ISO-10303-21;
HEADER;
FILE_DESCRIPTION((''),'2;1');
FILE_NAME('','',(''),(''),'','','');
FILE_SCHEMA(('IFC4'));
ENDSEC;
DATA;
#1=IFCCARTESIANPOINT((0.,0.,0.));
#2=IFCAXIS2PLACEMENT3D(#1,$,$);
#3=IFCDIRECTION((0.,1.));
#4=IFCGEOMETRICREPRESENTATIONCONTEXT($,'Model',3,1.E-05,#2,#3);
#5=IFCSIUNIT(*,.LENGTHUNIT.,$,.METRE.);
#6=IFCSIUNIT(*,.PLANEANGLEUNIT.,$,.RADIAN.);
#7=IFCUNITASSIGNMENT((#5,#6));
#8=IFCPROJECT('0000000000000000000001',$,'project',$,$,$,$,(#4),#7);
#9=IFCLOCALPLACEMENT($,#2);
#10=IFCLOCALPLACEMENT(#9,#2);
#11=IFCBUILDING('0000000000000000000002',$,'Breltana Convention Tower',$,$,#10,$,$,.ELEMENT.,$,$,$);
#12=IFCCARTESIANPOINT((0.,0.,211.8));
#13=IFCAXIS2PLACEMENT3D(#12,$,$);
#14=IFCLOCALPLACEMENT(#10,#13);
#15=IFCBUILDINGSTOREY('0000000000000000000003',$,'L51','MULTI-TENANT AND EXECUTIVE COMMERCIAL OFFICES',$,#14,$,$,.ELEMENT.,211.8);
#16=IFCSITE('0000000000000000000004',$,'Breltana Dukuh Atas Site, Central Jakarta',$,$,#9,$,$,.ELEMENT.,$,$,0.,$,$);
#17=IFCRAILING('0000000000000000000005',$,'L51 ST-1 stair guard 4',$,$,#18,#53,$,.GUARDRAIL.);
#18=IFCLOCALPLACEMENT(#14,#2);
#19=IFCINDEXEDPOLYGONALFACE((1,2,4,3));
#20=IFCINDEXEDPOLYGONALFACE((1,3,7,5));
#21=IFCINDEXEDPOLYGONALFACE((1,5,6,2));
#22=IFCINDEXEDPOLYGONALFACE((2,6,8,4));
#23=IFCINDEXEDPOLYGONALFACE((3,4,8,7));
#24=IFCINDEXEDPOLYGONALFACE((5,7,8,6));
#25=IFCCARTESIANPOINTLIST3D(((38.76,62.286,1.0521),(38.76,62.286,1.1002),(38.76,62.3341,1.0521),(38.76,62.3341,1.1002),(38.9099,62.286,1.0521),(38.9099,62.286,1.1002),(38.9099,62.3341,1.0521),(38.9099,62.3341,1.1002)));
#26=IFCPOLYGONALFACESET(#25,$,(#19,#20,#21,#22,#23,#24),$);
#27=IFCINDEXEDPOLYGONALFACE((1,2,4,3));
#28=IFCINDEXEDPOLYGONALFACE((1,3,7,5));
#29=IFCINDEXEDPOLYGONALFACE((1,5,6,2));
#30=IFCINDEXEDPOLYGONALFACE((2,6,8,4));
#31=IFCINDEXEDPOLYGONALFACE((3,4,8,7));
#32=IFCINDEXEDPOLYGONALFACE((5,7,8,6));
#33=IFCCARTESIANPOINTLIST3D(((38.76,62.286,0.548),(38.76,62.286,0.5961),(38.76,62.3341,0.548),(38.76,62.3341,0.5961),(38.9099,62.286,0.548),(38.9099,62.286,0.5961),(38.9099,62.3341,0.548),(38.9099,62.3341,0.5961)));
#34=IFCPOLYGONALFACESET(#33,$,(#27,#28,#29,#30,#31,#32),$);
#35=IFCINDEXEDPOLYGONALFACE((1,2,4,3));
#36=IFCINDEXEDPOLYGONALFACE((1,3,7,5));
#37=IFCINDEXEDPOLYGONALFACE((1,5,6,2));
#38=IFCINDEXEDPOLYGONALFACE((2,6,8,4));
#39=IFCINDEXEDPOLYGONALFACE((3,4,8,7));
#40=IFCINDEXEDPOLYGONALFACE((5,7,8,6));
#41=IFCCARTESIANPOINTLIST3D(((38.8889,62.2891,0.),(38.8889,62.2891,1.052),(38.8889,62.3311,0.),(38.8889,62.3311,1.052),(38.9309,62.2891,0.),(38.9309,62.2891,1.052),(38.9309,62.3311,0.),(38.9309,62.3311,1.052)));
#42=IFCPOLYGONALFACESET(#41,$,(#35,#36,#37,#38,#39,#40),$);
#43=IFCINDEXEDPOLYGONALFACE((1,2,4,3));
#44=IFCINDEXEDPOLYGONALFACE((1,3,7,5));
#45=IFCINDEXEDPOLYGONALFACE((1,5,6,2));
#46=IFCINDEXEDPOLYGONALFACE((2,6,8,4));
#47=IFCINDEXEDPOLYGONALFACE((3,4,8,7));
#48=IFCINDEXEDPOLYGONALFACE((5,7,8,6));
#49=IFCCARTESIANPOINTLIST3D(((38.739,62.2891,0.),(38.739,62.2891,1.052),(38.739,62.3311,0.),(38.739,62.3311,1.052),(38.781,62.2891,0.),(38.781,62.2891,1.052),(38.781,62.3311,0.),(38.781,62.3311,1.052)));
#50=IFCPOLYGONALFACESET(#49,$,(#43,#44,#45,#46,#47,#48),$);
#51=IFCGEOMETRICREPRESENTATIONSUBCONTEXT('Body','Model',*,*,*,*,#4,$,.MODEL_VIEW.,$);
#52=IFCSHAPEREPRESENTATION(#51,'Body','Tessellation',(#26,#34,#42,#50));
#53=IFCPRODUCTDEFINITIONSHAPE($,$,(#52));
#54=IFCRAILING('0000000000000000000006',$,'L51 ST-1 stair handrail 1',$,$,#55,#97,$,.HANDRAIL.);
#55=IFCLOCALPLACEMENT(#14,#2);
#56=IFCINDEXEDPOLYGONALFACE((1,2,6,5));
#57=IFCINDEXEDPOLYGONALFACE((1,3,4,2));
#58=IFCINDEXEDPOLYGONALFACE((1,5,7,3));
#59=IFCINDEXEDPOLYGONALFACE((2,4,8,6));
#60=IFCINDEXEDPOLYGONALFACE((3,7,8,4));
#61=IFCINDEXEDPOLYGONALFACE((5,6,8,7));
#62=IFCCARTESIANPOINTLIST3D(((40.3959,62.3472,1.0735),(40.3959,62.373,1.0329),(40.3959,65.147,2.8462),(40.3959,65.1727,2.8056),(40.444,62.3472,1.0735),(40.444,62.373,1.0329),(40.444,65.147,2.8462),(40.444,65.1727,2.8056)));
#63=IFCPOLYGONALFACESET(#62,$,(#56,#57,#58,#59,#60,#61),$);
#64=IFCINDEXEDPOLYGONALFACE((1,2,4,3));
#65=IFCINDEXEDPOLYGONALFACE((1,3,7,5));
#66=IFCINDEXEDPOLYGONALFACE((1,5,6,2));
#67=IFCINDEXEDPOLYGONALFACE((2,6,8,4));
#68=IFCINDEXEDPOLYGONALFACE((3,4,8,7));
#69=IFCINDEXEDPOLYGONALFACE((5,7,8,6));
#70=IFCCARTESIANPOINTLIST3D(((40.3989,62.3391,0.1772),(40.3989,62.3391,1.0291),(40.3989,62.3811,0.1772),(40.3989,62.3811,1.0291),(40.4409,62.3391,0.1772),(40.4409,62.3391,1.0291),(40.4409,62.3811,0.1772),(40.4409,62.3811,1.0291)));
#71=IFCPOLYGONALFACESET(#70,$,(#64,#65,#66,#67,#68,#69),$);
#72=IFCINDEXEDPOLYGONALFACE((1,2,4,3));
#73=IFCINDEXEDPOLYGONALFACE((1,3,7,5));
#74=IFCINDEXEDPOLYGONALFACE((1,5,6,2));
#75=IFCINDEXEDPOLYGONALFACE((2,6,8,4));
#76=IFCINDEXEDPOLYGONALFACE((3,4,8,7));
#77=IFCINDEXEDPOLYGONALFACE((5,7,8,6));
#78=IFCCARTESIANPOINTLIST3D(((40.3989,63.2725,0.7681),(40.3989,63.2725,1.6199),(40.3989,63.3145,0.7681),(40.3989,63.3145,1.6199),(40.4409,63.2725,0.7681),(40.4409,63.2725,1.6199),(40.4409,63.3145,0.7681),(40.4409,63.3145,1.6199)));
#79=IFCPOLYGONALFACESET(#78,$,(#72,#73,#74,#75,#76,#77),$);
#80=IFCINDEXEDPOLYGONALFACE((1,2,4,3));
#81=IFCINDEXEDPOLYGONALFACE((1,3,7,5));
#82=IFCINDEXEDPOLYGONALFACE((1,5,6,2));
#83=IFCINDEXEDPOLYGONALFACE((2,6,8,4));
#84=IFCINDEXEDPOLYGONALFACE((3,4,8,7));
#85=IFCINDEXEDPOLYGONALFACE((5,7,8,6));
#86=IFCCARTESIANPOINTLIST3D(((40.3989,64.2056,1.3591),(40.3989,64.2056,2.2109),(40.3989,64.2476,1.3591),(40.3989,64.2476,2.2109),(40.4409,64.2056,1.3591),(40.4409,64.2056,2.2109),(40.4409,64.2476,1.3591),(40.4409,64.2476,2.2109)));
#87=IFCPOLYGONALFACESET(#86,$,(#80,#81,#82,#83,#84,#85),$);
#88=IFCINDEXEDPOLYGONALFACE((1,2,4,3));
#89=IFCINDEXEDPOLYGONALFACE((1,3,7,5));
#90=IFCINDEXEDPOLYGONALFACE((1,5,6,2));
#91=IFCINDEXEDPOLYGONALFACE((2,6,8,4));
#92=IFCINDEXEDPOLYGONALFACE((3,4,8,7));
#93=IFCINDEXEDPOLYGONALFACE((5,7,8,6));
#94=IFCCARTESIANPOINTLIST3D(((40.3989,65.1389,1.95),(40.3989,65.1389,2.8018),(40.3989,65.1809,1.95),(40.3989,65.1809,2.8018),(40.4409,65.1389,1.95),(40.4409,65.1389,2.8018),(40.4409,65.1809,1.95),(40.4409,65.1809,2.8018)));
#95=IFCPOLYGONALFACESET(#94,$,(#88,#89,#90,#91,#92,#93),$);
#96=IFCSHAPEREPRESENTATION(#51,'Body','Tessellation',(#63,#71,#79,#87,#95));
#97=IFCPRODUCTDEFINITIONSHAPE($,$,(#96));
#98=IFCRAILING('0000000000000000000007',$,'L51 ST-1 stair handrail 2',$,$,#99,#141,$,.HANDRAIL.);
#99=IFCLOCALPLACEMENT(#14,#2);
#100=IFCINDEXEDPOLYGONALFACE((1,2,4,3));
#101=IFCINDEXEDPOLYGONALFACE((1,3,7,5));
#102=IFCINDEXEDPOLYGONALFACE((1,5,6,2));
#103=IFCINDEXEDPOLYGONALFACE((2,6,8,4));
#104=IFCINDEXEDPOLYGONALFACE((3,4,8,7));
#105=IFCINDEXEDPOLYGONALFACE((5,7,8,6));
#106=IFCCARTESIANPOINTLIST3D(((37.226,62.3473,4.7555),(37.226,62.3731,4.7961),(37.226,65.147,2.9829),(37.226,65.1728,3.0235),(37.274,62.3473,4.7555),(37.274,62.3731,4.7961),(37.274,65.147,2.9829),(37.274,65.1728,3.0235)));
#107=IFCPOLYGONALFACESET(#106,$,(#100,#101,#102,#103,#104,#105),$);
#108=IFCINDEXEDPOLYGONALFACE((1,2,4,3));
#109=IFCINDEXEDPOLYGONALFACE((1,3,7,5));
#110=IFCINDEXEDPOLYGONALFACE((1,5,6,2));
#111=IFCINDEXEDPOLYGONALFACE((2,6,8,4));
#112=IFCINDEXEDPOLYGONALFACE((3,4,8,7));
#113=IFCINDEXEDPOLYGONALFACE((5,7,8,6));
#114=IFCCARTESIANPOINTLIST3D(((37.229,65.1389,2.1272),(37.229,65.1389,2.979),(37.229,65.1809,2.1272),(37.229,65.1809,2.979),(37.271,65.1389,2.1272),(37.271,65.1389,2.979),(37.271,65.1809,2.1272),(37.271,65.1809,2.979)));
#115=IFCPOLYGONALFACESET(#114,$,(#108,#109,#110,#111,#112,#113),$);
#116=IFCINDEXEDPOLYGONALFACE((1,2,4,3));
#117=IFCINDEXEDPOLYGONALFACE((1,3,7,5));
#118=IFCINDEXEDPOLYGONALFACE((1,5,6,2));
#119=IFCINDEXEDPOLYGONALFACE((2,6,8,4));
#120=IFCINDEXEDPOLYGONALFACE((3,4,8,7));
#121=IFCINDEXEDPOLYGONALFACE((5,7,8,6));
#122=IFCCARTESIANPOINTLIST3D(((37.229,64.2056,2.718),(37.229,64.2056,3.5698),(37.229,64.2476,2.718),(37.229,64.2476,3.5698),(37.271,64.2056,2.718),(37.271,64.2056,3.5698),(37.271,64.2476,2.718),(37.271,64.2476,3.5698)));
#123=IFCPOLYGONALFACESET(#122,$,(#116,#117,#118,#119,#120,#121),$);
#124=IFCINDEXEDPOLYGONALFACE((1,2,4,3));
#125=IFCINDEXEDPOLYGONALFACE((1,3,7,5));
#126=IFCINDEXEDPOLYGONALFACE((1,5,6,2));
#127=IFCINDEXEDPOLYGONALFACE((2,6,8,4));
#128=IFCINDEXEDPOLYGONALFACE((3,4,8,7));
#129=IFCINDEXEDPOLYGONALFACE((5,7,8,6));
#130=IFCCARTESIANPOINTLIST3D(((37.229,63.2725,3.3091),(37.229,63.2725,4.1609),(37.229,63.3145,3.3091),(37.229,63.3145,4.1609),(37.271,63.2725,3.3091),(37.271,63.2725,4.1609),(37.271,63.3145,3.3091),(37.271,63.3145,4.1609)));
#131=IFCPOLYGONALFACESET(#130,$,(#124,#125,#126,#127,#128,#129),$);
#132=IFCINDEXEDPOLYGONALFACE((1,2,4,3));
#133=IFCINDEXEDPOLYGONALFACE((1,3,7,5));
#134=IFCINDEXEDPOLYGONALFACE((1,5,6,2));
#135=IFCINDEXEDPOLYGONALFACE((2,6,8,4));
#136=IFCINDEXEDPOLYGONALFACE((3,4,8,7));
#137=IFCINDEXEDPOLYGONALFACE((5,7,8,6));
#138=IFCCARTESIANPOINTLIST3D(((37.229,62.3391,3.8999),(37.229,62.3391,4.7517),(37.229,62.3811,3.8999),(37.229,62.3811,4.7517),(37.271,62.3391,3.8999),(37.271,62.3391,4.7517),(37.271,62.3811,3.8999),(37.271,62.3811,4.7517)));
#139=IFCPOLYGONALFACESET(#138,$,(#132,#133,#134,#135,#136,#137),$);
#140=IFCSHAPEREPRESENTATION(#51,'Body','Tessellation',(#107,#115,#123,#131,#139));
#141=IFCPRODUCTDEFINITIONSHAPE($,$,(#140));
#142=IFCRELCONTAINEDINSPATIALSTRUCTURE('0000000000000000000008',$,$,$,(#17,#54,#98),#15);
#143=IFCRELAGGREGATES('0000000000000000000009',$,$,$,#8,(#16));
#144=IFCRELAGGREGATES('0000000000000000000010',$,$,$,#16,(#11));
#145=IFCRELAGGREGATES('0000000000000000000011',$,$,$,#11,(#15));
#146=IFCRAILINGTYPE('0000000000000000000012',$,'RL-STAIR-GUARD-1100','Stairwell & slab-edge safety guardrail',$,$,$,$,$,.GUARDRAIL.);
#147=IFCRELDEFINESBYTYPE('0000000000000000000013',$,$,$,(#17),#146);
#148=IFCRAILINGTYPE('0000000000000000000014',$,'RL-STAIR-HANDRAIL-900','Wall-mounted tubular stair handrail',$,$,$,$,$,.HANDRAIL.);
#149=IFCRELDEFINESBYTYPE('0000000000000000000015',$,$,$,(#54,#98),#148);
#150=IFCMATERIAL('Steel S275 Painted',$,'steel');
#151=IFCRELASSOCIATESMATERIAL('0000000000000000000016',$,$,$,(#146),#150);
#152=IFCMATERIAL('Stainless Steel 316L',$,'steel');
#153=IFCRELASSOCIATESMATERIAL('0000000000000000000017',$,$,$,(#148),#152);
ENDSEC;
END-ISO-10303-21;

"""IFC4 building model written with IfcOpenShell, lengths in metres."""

from ifc_helpers import new_model, si_unit, direction, frame, origin, origin_2d, place, context, subcontext, project, spatial, rectangle, extrude, material, type_object, element, save


model = new_model("IFC4")

# Units and contexts
model_context = context("Model", 3, precision=1e-05, world=origin(), true_north=direction((0.0, 1.0)))
body_context = subcontext(model_context, "Body", "Model", "MODEL_VIEW")
ifc_project = project(units=[si_unit("LENGTHUNIT", "METRE"), si_unit("PLANEANGLEUNIT", "RADIAN")], contexts=[model_context])

# Site, building, storey
site_placement = place(None, origin())
site = spatial("IfcSite", under=ifc_project, at=site_placement, Name="Breltana Dukuh Atas Site, Central Jakarta", CompositionType="ELEMENT", RefElevation=0.0)
building_placement = place(site_placement, origin())
building = spatial("IfcBuilding", under=site, at=building_placement, Name="Breltana Convention Tower", CompositionType="ELEMENT")
storey_placement = place(building_placement, frame((0.0, 0.0, 211.8)))
storey = spatial("IfcBuildingStorey", under=building, at=storey_placement, Name="L51", Description="MULTI-TENANT AND EXECUTIVE COMMERCIAL OFFICES", CompositionType="ELEMENT", Elevation=211.8)

# Railings
ifc_material_1 = material(Name="Steel S275 Painted", Category="steel")
railing_type_1 = type_object("IfcRailingType", Name="RL-STAIR-GUARD-1100", Description="Stairwell & slab-edge safety guardrail", PredefinedType="GUARDRAIL", material=ifc_material_1)
railing_1_placement = place(storey_placement, frame((38.9099, 62.3101, 0.0)))
element("IfcRailing", 1, at=railing_1_placement, inside=storey, type_object=railing_type_1, Name="L51 ST-1 stair guard 4", PredefinedType="GUARDRAIL", context=body_context, shape_type="SweptSolid", body=[
    extrude(rectangle(XDim=0.0481, YDim=0.0481, at=origin_2d()), frame((0.0, 0.0, 1.0762), z_axis=(-1.0, 0.0, 0.0), x_axis=(0.0, -1.0, 0.0)), (0.0, 0.0, 1.0), 0.1499),
    extrude(rectangle(XDim=0.0481, YDim=0.0481, at=origin_2d()), frame((0.0, 0.0, 0.572), z_axis=(-1.0, 0.0, 0.0), x_axis=(0.0, -1.0, 0.0)), (0.0, 0.0, 1.0), 0.1499),
    extrude(rectangle(XDim=0.042, YDim=0.042, at=origin_2d()), origin(), (0.0, 0.0, 1.0), 1.052),
    extrude(rectangle(XDim=0.042, YDim=0.042, at=origin_2d()), frame((-0.1499, 0.0, 0.0)), (0.0, 0.0, 1.0), 1.052),
])
ifc_material_2 = material(Name="Stainless Steel 316L", Category="steel")
railing_type_2 = type_object("IfcRailingType", Name="RL-STAIR-HANDRAIL-900", Description="Wall-mounted tubular stair handrail", PredefinedType="HANDRAIL", material=ifc_material_2)
railing_2_placement = place(storey_placement, frame((40.4199, 62.3601, 0.1772)))
element("IfcRailing", 2, at=railing_2_placement, inside=storey, type_object=railing_type_2, Name="L51 ST-1 stair handrail 1", PredefinedType="HANDRAIL", context=body_context, shape_type="SweptSolid", body=[
    extrude(rectangle(XDim=0.0481, YDim=0.0481, at=origin_2d()), frame((0.0, 0.0, 0.876), z_axis=(0.0, 0.844888, 0.534943), x_axis=(-1.0, 0.0, 0.0)), (0.0, 0.0, 1.0), 3.3137),
    extrude(rectangle(XDim=0.042, YDim=0.042, at=origin_2d()), origin(), (0.0, 0.0, 1.0), 0.8518),
    extrude(rectangle(XDim=0.042, YDim=0.042, at=origin_2d()), frame((0.0, 0.9333, 0.5908)), (0.0, 0.0, 1.0), 0.8518),
    extrude(rectangle(XDim=0.042, YDim=0.042, at=origin_2d()), frame((0.0, 1.8665, 1.1819)), (0.0, 0.0, 1.0), 0.8518),
    extrude(rectangle(XDim=0.042, YDim=0.042, at=origin_2d()), frame((0.0, 2.7998, 1.7727)), (0.0, 0.0, 1.0), 0.8518),
])
railing_3_placement = place(storey_placement, frame((37.25, 65.1599, 2.1272)))
element("IfcRailing", 3, at=railing_3_placement, inside=storey, type_object=railing_type_2, Name="L51 ST-1 stair handrail 2", PredefinedType="HANDRAIL", context=body_context, shape_type="SweptSolid", body=[
    extrude(rectangle(XDim=0.0481, YDim=0.0481, at=origin_2d()), frame((0.0, 0.0, 0.876), z_axis=(0.0, -0.844888, 0.534943), x_axis=(1.0, 0.0, 0.0)), (0.0, 0.0, 1.0), 3.3137),
    extrude(rectangle(XDim=0.042, YDim=0.042, at=origin_2d()), origin(), (0.0, 0.0, 1.0), 0.8518),
    extrude(rectangle(XDim=0.042, YDim=0.042, at=origin_2d()), frame((0.0, -0.9333, 0.5908)), (0.0, 0.0, 1.0), 0.8518),
    extrude(rectangle(XDim=0.042, YDim=0.042, at=origin_2d()), frame((0.0, -1.8665, 1.1819)), (0.0, 0.0, 1.0), 0.8518),
    extrude(rectangle(XDim=0.042, YDim=0.042, at=origin_2d()), frame((0.0, -2.7998, 1.7727)), (0.0, 0.0, 1.0), 0.8518),
])

save(model, "model.ifc")
